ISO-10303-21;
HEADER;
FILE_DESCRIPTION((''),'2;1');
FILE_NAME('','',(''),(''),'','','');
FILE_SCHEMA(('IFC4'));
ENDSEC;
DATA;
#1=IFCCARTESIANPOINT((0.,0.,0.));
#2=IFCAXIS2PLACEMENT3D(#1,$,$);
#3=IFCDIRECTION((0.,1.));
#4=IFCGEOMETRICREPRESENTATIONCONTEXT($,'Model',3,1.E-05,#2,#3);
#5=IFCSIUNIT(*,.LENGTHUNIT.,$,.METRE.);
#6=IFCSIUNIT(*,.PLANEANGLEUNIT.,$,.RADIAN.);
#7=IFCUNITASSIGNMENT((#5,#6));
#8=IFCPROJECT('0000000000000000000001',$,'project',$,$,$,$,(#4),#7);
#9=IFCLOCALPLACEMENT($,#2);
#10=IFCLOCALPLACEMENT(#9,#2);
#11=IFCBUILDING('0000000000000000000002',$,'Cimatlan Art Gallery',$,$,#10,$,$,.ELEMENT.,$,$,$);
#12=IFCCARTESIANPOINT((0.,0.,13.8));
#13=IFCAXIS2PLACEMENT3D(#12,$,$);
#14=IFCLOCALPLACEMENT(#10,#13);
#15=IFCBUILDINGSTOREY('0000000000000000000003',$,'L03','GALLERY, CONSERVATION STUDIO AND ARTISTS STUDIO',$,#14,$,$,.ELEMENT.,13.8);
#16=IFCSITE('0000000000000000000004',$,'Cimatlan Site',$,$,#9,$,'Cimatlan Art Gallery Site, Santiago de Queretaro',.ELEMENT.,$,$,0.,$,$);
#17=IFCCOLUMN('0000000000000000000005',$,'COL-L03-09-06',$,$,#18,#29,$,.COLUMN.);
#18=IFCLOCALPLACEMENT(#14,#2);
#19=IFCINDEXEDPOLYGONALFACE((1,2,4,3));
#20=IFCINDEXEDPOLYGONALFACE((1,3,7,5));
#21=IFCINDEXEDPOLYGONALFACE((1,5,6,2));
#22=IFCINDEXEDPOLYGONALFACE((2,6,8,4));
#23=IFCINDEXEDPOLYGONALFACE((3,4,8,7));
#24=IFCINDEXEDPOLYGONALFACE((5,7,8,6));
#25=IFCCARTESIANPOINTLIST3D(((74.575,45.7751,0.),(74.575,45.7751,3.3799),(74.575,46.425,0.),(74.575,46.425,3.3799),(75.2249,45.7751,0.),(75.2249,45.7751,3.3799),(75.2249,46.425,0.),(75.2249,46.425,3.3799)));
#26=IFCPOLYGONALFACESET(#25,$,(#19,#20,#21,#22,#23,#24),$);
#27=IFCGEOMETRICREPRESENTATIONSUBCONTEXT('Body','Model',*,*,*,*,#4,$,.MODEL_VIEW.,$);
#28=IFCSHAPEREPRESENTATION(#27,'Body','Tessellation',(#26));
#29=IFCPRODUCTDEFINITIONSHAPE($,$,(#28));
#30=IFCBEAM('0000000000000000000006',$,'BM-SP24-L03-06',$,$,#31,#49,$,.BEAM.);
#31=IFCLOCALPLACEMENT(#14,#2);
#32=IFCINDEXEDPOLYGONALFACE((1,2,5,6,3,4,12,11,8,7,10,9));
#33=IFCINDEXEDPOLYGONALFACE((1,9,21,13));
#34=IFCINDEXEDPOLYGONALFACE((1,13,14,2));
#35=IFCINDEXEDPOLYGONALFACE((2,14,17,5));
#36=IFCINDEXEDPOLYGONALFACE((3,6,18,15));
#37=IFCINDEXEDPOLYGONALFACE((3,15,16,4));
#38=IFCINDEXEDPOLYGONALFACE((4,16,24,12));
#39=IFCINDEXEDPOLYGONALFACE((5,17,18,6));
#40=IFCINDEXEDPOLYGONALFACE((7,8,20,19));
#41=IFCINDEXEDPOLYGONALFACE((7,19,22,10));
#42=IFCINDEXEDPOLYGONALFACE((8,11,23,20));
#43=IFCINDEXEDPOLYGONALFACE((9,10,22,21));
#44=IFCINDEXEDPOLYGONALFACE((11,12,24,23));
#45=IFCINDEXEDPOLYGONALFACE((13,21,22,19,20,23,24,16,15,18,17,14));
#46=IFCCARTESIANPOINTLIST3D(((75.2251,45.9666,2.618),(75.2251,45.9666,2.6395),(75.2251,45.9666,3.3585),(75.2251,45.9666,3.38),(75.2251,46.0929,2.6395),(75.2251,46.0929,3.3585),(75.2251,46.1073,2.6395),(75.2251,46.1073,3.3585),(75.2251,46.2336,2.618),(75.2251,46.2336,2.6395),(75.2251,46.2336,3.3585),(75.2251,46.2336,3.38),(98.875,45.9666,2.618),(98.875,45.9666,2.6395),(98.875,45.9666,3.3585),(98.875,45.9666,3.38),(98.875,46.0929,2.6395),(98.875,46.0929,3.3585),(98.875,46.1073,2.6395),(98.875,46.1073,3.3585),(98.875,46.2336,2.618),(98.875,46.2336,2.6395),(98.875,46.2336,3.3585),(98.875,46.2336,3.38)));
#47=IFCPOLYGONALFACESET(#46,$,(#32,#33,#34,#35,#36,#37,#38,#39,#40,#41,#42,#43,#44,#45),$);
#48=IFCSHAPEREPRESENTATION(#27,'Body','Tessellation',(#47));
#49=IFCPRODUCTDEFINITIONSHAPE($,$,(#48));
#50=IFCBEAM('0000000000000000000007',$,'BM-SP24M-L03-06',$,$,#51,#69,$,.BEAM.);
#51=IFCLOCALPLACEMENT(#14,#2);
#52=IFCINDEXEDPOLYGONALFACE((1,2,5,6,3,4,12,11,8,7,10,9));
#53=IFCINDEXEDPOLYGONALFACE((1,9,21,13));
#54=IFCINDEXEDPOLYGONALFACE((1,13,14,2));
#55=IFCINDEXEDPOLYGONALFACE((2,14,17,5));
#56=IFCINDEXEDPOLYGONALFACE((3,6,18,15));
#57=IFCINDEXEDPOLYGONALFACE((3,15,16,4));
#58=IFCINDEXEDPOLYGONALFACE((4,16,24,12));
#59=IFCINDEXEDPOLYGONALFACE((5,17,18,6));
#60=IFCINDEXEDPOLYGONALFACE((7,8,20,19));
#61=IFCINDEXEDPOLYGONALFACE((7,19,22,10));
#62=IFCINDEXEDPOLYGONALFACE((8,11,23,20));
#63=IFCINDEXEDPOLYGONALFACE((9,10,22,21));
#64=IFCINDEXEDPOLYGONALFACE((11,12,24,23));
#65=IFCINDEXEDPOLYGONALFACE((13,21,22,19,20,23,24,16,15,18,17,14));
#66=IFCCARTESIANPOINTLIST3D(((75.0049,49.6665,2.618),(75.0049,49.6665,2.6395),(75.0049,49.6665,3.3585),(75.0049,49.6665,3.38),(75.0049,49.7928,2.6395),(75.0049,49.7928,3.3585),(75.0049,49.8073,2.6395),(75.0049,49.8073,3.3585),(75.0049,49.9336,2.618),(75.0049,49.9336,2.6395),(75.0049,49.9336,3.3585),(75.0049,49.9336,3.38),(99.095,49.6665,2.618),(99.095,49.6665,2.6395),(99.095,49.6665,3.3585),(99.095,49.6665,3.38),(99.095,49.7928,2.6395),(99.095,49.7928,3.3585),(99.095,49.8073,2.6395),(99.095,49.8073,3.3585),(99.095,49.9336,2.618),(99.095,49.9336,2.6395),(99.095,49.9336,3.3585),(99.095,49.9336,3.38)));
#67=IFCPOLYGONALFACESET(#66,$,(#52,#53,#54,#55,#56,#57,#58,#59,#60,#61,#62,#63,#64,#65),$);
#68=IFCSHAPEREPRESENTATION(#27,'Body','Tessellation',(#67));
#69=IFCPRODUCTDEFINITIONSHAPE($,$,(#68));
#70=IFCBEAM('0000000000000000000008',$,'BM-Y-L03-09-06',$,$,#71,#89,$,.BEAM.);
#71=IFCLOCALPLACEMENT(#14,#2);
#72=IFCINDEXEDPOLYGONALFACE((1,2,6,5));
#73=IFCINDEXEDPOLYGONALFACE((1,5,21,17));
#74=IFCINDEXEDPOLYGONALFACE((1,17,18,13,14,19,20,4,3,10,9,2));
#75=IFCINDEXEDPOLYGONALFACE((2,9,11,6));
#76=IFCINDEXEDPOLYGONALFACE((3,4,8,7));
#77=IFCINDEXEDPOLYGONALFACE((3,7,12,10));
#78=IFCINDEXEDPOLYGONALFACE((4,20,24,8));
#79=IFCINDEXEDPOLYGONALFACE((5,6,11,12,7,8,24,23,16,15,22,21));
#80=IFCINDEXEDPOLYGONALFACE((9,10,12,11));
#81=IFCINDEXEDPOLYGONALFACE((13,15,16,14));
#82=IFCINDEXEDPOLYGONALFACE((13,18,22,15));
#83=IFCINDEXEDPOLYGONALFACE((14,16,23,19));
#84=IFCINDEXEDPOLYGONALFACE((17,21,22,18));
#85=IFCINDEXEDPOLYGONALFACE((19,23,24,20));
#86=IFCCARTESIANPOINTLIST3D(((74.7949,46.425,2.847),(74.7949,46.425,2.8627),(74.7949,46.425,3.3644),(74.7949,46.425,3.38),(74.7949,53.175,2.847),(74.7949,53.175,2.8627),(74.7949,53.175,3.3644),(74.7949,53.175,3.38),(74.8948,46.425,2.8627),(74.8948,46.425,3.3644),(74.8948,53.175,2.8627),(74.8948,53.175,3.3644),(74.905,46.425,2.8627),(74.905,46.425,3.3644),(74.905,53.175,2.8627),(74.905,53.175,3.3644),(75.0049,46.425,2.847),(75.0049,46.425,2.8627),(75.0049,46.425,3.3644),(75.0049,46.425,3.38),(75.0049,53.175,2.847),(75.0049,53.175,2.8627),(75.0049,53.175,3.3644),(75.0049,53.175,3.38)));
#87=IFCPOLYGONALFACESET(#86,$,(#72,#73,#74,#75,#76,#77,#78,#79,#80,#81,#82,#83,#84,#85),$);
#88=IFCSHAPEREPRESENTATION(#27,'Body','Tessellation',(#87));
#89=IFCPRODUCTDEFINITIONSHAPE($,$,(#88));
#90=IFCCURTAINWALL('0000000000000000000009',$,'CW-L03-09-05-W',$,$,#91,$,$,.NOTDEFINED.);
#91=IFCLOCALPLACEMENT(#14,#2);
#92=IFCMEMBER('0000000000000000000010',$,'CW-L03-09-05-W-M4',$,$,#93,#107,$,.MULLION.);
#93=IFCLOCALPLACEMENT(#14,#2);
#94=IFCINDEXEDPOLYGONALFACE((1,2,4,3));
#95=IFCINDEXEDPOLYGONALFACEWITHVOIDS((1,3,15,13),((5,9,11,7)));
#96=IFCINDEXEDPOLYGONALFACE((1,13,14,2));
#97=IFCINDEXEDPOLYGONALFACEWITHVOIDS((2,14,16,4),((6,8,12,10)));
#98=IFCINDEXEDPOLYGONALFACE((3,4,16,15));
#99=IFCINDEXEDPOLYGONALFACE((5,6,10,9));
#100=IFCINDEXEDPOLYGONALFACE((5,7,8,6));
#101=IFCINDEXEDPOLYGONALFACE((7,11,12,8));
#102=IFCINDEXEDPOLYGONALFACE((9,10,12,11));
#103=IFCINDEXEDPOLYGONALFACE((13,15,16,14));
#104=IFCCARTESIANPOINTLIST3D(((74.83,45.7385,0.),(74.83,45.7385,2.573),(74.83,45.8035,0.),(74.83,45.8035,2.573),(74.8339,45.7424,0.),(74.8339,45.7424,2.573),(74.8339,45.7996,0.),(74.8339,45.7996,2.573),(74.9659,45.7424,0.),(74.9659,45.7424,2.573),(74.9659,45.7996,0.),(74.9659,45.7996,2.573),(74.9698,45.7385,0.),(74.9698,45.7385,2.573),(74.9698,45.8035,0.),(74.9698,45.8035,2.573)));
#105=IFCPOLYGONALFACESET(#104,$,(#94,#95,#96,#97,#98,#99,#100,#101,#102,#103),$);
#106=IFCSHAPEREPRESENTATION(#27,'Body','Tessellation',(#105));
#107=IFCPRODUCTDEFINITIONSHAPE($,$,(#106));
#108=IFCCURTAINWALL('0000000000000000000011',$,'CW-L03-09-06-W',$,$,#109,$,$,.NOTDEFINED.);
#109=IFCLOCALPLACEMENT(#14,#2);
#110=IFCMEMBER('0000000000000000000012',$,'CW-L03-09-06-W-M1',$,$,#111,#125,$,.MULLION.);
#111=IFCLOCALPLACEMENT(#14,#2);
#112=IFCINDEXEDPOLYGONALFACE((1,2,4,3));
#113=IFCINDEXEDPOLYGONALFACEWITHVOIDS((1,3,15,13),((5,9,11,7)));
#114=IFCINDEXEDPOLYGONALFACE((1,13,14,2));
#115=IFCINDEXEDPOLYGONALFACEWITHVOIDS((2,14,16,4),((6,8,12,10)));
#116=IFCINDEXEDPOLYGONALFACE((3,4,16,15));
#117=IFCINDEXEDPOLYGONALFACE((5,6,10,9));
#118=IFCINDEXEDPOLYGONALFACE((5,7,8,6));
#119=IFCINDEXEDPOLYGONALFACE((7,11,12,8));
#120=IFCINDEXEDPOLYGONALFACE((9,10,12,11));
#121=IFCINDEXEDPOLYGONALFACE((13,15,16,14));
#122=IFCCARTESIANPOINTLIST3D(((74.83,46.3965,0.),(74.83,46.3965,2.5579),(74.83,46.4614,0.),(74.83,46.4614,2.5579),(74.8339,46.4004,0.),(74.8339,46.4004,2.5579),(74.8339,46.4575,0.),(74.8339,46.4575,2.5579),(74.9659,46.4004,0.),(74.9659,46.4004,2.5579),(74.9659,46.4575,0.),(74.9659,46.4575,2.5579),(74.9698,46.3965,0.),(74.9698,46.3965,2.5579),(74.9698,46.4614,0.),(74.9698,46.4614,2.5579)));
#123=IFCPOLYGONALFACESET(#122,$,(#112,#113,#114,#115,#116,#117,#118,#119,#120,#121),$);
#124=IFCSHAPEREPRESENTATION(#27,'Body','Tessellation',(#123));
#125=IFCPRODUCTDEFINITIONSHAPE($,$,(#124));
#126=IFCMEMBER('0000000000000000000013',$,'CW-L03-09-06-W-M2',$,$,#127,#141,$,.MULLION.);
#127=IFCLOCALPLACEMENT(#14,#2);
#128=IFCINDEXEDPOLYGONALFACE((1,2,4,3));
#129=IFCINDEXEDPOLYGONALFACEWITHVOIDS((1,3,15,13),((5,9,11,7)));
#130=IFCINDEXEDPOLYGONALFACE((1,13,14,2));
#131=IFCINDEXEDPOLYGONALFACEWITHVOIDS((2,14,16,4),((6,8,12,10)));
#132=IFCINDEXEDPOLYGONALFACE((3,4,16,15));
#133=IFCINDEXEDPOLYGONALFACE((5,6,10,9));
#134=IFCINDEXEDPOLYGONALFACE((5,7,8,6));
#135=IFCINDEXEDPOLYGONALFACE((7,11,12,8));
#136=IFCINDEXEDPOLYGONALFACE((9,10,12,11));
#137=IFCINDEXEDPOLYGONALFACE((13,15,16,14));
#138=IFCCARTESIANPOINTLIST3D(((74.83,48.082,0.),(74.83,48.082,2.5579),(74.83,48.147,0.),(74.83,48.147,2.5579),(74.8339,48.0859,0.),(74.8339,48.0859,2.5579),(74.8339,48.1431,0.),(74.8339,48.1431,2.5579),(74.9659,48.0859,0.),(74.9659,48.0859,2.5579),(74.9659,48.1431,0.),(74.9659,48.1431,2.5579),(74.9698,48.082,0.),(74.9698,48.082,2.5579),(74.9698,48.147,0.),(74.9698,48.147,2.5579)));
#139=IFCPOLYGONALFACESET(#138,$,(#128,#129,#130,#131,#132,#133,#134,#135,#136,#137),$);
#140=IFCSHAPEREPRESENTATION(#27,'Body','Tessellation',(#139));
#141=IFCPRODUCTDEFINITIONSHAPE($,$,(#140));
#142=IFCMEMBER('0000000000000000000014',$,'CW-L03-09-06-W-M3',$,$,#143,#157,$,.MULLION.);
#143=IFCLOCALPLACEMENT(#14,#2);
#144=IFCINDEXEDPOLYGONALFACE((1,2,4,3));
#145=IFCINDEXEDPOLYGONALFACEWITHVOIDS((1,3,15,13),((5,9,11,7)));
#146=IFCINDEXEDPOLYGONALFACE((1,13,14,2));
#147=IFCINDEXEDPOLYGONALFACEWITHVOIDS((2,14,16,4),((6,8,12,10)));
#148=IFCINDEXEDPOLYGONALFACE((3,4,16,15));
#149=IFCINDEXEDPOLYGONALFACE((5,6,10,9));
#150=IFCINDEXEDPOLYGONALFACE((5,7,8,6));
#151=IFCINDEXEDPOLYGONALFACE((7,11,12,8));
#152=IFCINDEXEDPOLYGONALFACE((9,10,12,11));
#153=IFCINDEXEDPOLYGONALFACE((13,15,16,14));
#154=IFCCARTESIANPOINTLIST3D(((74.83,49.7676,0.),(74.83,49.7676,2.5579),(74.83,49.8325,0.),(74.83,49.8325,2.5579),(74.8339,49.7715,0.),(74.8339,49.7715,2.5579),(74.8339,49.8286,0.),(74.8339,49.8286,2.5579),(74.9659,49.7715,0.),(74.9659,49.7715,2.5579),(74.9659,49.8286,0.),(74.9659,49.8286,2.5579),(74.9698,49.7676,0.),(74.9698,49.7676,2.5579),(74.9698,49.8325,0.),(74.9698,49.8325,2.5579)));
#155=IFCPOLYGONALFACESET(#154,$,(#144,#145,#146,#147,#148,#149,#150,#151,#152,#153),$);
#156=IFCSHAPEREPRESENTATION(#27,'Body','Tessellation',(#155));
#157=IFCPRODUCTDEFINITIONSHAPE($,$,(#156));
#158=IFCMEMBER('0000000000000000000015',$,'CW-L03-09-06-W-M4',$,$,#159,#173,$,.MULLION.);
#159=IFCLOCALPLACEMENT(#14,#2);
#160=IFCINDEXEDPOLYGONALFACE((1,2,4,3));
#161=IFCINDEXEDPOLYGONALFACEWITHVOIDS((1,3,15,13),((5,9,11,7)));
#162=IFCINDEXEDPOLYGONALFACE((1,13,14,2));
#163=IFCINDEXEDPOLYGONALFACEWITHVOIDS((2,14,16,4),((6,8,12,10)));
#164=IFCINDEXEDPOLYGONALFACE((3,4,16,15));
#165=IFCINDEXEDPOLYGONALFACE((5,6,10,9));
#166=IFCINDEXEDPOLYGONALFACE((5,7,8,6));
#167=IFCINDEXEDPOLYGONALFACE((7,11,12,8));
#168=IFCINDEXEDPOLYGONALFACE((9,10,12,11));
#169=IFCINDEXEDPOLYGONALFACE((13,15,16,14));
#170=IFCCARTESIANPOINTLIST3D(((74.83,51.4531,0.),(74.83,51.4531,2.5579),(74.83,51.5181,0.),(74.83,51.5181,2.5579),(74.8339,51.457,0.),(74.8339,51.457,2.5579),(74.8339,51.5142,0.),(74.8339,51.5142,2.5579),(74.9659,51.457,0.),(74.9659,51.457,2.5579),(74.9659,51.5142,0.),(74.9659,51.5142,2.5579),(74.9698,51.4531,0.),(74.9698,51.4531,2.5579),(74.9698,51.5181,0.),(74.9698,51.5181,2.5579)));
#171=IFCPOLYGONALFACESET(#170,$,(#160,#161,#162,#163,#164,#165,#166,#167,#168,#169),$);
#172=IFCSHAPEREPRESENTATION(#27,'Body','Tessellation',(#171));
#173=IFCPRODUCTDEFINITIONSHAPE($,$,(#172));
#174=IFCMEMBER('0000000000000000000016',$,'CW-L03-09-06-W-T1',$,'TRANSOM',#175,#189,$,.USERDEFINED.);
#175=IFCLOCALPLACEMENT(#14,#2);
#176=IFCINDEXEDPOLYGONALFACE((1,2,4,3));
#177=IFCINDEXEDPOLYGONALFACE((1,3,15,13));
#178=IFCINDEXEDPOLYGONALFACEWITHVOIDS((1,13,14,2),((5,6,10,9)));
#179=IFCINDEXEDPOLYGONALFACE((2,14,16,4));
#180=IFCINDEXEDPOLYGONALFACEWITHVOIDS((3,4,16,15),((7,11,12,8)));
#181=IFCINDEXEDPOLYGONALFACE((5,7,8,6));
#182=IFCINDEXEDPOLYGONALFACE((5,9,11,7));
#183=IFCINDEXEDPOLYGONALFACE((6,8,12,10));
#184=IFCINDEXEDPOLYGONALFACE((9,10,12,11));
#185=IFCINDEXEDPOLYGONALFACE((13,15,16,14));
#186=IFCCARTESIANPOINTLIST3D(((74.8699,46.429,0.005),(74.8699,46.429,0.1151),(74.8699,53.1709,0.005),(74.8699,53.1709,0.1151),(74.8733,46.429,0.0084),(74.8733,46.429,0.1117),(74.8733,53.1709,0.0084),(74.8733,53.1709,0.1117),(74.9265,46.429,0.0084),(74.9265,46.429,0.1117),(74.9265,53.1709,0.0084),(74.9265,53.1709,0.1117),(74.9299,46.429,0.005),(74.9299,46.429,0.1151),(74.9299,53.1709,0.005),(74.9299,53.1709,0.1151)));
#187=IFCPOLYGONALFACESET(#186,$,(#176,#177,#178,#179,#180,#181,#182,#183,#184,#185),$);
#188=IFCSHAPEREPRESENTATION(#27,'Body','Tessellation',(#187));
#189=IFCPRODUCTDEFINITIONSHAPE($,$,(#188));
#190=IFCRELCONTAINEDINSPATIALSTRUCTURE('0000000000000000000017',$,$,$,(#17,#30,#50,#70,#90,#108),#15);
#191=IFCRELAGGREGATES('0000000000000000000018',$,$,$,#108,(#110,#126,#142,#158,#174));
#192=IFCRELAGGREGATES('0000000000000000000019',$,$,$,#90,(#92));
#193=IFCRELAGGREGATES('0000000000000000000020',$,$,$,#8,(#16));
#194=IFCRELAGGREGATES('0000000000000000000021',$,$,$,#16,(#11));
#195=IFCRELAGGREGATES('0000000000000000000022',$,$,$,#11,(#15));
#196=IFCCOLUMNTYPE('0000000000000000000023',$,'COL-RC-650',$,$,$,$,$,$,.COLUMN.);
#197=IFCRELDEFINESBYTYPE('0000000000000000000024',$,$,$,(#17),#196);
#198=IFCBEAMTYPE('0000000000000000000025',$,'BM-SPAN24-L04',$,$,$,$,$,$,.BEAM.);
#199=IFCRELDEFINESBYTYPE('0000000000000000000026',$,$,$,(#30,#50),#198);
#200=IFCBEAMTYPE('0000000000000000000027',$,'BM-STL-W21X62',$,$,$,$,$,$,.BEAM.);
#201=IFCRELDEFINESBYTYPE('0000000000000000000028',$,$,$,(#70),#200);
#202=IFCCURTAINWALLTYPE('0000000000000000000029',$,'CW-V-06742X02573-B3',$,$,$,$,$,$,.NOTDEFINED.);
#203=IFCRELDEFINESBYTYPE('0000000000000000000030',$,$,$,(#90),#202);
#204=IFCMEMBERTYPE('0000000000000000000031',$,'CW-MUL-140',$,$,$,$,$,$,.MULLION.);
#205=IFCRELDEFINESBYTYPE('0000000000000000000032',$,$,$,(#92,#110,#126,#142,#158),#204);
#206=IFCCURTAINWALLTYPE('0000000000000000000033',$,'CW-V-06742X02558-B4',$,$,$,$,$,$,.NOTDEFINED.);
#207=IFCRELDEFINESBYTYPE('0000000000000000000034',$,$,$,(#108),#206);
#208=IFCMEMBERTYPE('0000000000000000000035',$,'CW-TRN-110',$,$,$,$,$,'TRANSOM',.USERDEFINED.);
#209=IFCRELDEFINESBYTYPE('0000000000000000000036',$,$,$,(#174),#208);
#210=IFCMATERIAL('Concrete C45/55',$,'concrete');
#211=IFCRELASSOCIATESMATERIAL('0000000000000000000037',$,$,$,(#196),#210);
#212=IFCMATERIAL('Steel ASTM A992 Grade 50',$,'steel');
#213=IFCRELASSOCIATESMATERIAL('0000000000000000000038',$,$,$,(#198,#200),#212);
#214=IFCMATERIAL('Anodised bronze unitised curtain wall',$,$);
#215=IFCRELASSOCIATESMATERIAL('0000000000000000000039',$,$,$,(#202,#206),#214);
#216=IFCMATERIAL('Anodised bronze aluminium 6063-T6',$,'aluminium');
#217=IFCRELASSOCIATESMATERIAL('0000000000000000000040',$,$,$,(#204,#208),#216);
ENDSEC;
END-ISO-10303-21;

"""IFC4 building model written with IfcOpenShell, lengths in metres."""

from ifc_helpers import new_model, si_unit, direction, frame, origin, origin_2d, place, context, subcontext, project, spatial, rectangle, hollow_rectangle, i_section, extrude, material, material_profile, profile_set, type_object, element, aggregate, save


model = new_model("IFC4")

# Units and contexts
model_context = context("Model", 3, precision=1e-05, world=origin(), true_north=direction((0.0, 1.0)))
body_context = subcontext(model_context, "Body", "Model", "MODEL_VIEW")
ifc_project = project(units=[si_unit("LENGTHUNIT", "METRE"), si_unit("PLANEANGLEUNIT", "RADIAN")], contexts=[model_context])

# Site, building, storey
site_placement = place(None, origin())
site = spatial("IfcSite", under=ifc_project, at=site_placement, Name="Cimatlan Site", LongName="Cimatlan Art Gallery Site, Santiago de Queretaro", CompositionType="ELEMENT", RefElevation=0.0)
building_placement = place(site_placement, origin())
building = spatial("IfcBuilding", under=site, at=building_placement, Name="Cimatlan Art Gallery", CompositionType="ELEMENT")
storey_placement = place(building_placement, frame((0.0, 0.0, 13.8)))
storey = spatial("IfcBuildingStorey", under=building, at=storey_placement, Name="L03", Description="GALLERY, CONSERVATION STUDIO AND ARTISTS STUDIO", CompositionType="ELEMENT", Elevation=13.8)

# Column
ifc_material_1 = material(Name="Concrete C45/55", Category="concrete")
ifc_material_profile_1 = material_profile(ifc_material_1, rectangle(XDim=0.6499, YDim=0.6499, at=origin_2d()), Name="RC650X650")
ifc_profile_set_1 = profile_set([ifc_material_profile_1], Name="Concrete C45/55")
column_type = type_object("IfcColumnType", Name="COL-RC-650", PredefinedType="COLUMN", material=ifc_profile_set_1)
column_placement = place(storey_placement, frame((74.8999, 46.1001, 0.0), z_axis=(0.0, 0.0, 1.0), x_axis=(1.0, 0.0, 0.0)))
element("IfcColumn", 1, at=column_placement, inside=storey, type_object=column_type, Name="COL-L03-09-06", PredefinedType="COLUMN", context=body_context, shape_type="SweptSolid", body=[
    extrude(rectangle(XDim=0.6499, YDim=0.6499, at=origin_2d()), origin(), (0.0, 0.0, 1.0), 3.3799),
])

# Beams
ifc_material_2 = material(Name="Steel ASTM A992 Grade 50", Category="steel")
ifc_material_profile_2 = material_profile(ifc_material_2, i_section(OverallWidth=0.2671, OverallDepth=0.762, WebThickness=0.0144, FlangeThickness=0.0215, at=origin_2d()), Name="W30X116")
ifc_profile_set_2 = profile_set([ifc_material_profile_2], Name="Steel ASTM A992 Grade 50")
beam_type_1 = type_object("IfcBeamType", Name="BM-SPAN24-L04", PredefinedType="BEAM", material=ifc_profile_set_2)
beam_1_placement = place(storey_placement, frame((75.2251, 46.1001, 2.999), z_axis=(1.0, 0.0, 0.0), x_axis=(0.0, 1.0, 0.0)))
element("IfcBeam", 2, at=beam_1_placement, inside=storey, type_object=beam_type_1, Name="BM-SP24-L03-06", PredefinedType="BEAM", context=body_context, shape_type="SweptSolid", body=[
    extrude(i_section(OverallWidth=0.2671, OverallDepth=0.762, WebThickness=0.0144, FlangeThickness=0.0215, at=origin_2d()), origin(), (0.0, 0.0, 1.0), 23.6499),
])
beam_2_placement = place(storey_placement, frame((75.0049, 49.8, 2.999), z_axis=(1.0, 0.0, 0.0), x_axis=(0.0, 1.0, 0.0)))
element("IfcBeam", 3, at=beam_2_placement, inside=storey, type_object=beam_type_1, Name="BM-SP24M-L03-06", PredefinedType="BEAM", context=body_context, shape_type="SweptSolid", body=[
    extrude(i_section(OverallWidth=0.2671, OverallDepth=0.762, WebThickness=0.0144, FlangeThickness=0.0215, at=origin_2d()), origin(), (0.0, 0.0, 1.0), 24.0901),
])
ifc_material_profile_3 = material_profile(ifc_material_2, i_section(OverallWidth=0.21, OverallDepth=0.533, WebThickness=0.0103, FlangeThickness=0.0156, at=origin_2d()), Name="W21X62")
ifc_profile_set_3 = profile_set([ifc_material_profile_3], Name="Steel ASTM A992 Grade 50")
beam_type_2 = type_object("IfcBeamType", Name="BM-STL-W21X62", PredefinedType="BEAM", material=ifc_profile_set_3)
beam_3_placement = place(storey_placement, frame((74.8999, 46.425, 3.1135), z_axis=(0.0, 1.0, 0.0), x_axis=(-1.0, 0.0, 0.0)))
element("IfcBeam", 4, at=beam_3_placement, inside=storey, type_object=beam_type_2, Name="BM-Y-L03-09-06", PredefinedType="BEAM", context=body_context, shape_type="SweptSolid", body=[
    extrude(i_section(OverallWidth=0.21, OverallDepth=0.533, WebThickness=0.0103, FlangeThickness=0.0156, at=origin_2d()), origin(), (0.0, 0.0, 1.0), 6.75),
])

# Curtain wall, member
ifc_material_3 = material(Name="Anodised bronze unitised curtain wall")
curtain_wall_type_1 = type_object("IfcCurtainWallType", Name="CW-V-06742X02573-B3", PredefinedType="NOTDEFINED", material=ifc_material_3)
curtain_wall_1_placement = place(storey_placement, origin())
curtain_wall_1 = element("IfcCurtainWall", 5, at=curtain_wall_1_placement, inside=storey, type_object=curtain_wall_type_1, Name="CW-L03-09-05-W", PredefinedType="NOTDEFINED")
ifc_material_4 = material(Name="Anodised bronze aluminium 6063-T6", Category="aluminium")
ifc_material_profile_4 = material_profile(ifc_material_4, hollow_rectangle(XDim=0.0649, YDim=0.1399, WallThickness=0.0039, at=origin_2d()), Name="ALU65X140X4")
ifc_profile_set_4 = profile_set([ifc_material_profile_4], Name="Anodised bronze aluminium 6063-T6")
member_type_1 = type_object("IfcMemberType", Name="CW-MUL-140", PredefinedType="MULLION", material=ifc_profile_set_4)
member_1_placement = place(storey_placement, frame((74.8999, 45.771, 0.0), z_axis=(0.0, 0.0, 1.0), x_axis=(0.0, 1.0, 0.0)))
member_1 = element("IfcMember", 6, at=member_1_placement, type_object=member_type_1, Name="CW-L03-09-05-W-M4", PredefinedType="MULLION", context=body_context, shape_type="SweptSolid", body=[
    extrude(hollow_rectangle(XDim=0.0649, YDim=0.1399, WallThickness=0.0039, at=origin_2d()), origin(), (0.0, 0.0, 1.0), 2.573),
])

# Curtain wall, members
curtain_wall_type_2 = type_object("IfcCurtainWallType", Name="CW-V-06742X02558-B4", PredefinedType="NOTDEFINED", material=ifc_material_3)
curtain_wall_2_placement = place(storey_placement, origin())
curtain_wall_2 = element("IfcCurtainWall", 7, at=curtain_wall_2_placement, inside=storey, type_object=curtain_wall_type_2, Name="CW-L03-09-06-W", PredefinedType="NOTDEFINED")
member_2_placement = place(storey_placement, frame((74.8999, 46.429, 0.0), z_axis=(0.0, 0.0, 1.0), x_axis=(0.0, 1.0, 0.0)))
member_2 = element("IfcMember", 8, at=member_2_placement, type_object=member_type_1, Name="CW-L03-09-06-W-M1", PredefinedType="MULLION", context=body_context, shape_type="SweptSolid", body=[
    extrude(hollow_rectangle(XDim=0.0649, YDim=0.1399, WallThickness=0.0039, at=origin_2d()), origin(), (0.0, 0.0, 1.0), 2.5579),
])
member_3_placement = place(storey_placement, frame((74.8999, 48.1145, 0.0), z_axis=(0.0, 0.0, 1.0), x_axis=(0.0, 1.0, 0.0)))
member_3 = element("IfcMember", 9, at=member_3_placement, type_object=member_type_1, Name="CW-L03-09-06-W-M2", PredefinedType="MULLION", context=body_context, shape_type="SweptSolid", body=[
    extrude(hollow_rectangle(XDim=0.0649, YDim=0.1399, WallThickness=0.0039, at=origin_2d()), origin(), (0.0, 0.0, 1.0), 2.5579),
])
member_4_placement = place(storey_placement, frame((74.8999, 49.8, 0.0), z_axis=(0.0, 0.0, 1.0), x_axis=(0.0, 1.0, 0.0)))
member_4 = element("IfcMember", 10, at=member_4_placement, type_object=member_type_1, Name="CW-L03-09-06-W-M3", PredefinedType="MULLION", context=body_context, shape_type="SweptSolid", body=[
    extrude(hollow_rectangle(XDim=0.0649, YDim=0.1399, WallThickness=0.0039, at=origin_2d()), origin(), (0.0, 0.0, 1.0), 2.5579),
])
member_5_placement = place(storey_placement, frame((74.8999, 51.4856, 0.0), z_axis=(0.0, 0.0, 1.0), x_axis=(0.0, 1.0, 0.0)))
member_5 = element("IfcMember", 11, at=member_5_placement, type_object=member_type_1, Name="CW-L03-09-06-W-M4", PredefinedType="MULLION", context=body_context, shape_type="SweptSolid", body=[
    extrude(hollow_rectangle(XDim=0.0649, YDim=0.1399, WallThickness=0.0039, at=origin_2d()), origin(), (0.0, 0.0, 1.0), 2.5579),
])
ifc_material_profile_5 = material_profile(ifc_material_4, hollow_rectangle(XDim=0.0601, YDim=0.1101, WallThickness=0.0034, at=origin_2d()), Name="ALU60X110X3")
ifc_profile_set_5 = profile_set([ifc_material_profile_5], Name="Anodised bronze aluminium 6063-T6")
member_type_2 = type_object("IfcMemberType", Name="CW-TRN-110", ElementType="TRANSOM", PredefinedType="USERDEFINED", material=ifc_profile_set_5)
member_6_placement = place(storey_placement, frame((74.8999, 46.429, 0.0601), z_axis=(0.0, 1.0, 0.0), x_axis=(-1.0, 0.0, 0.0)))
member_6 = element("IfcMember", 12, at=member_6_placement, type_object=member_type_2, Name="CW-L03-09-06-W-T1", ObjectType="TRANSOM", PredefinedType="USERDEFINED", context=body_context, shape_type="SweptSolid", body=[
    extrude(hollow_rectangle(XDim=0.0601, YDim=0.1101, WallThickness=0.0034, at=origin_2d()), origin(), (0.0, 0.0, 1.0), 6.7419),
])
aggregate(curtain_wall_2, [member_2, member_3, member_4, member_5, member_6])

aggregate(curtain_wall_1, [member_1])

save(model, "model.ifc")
